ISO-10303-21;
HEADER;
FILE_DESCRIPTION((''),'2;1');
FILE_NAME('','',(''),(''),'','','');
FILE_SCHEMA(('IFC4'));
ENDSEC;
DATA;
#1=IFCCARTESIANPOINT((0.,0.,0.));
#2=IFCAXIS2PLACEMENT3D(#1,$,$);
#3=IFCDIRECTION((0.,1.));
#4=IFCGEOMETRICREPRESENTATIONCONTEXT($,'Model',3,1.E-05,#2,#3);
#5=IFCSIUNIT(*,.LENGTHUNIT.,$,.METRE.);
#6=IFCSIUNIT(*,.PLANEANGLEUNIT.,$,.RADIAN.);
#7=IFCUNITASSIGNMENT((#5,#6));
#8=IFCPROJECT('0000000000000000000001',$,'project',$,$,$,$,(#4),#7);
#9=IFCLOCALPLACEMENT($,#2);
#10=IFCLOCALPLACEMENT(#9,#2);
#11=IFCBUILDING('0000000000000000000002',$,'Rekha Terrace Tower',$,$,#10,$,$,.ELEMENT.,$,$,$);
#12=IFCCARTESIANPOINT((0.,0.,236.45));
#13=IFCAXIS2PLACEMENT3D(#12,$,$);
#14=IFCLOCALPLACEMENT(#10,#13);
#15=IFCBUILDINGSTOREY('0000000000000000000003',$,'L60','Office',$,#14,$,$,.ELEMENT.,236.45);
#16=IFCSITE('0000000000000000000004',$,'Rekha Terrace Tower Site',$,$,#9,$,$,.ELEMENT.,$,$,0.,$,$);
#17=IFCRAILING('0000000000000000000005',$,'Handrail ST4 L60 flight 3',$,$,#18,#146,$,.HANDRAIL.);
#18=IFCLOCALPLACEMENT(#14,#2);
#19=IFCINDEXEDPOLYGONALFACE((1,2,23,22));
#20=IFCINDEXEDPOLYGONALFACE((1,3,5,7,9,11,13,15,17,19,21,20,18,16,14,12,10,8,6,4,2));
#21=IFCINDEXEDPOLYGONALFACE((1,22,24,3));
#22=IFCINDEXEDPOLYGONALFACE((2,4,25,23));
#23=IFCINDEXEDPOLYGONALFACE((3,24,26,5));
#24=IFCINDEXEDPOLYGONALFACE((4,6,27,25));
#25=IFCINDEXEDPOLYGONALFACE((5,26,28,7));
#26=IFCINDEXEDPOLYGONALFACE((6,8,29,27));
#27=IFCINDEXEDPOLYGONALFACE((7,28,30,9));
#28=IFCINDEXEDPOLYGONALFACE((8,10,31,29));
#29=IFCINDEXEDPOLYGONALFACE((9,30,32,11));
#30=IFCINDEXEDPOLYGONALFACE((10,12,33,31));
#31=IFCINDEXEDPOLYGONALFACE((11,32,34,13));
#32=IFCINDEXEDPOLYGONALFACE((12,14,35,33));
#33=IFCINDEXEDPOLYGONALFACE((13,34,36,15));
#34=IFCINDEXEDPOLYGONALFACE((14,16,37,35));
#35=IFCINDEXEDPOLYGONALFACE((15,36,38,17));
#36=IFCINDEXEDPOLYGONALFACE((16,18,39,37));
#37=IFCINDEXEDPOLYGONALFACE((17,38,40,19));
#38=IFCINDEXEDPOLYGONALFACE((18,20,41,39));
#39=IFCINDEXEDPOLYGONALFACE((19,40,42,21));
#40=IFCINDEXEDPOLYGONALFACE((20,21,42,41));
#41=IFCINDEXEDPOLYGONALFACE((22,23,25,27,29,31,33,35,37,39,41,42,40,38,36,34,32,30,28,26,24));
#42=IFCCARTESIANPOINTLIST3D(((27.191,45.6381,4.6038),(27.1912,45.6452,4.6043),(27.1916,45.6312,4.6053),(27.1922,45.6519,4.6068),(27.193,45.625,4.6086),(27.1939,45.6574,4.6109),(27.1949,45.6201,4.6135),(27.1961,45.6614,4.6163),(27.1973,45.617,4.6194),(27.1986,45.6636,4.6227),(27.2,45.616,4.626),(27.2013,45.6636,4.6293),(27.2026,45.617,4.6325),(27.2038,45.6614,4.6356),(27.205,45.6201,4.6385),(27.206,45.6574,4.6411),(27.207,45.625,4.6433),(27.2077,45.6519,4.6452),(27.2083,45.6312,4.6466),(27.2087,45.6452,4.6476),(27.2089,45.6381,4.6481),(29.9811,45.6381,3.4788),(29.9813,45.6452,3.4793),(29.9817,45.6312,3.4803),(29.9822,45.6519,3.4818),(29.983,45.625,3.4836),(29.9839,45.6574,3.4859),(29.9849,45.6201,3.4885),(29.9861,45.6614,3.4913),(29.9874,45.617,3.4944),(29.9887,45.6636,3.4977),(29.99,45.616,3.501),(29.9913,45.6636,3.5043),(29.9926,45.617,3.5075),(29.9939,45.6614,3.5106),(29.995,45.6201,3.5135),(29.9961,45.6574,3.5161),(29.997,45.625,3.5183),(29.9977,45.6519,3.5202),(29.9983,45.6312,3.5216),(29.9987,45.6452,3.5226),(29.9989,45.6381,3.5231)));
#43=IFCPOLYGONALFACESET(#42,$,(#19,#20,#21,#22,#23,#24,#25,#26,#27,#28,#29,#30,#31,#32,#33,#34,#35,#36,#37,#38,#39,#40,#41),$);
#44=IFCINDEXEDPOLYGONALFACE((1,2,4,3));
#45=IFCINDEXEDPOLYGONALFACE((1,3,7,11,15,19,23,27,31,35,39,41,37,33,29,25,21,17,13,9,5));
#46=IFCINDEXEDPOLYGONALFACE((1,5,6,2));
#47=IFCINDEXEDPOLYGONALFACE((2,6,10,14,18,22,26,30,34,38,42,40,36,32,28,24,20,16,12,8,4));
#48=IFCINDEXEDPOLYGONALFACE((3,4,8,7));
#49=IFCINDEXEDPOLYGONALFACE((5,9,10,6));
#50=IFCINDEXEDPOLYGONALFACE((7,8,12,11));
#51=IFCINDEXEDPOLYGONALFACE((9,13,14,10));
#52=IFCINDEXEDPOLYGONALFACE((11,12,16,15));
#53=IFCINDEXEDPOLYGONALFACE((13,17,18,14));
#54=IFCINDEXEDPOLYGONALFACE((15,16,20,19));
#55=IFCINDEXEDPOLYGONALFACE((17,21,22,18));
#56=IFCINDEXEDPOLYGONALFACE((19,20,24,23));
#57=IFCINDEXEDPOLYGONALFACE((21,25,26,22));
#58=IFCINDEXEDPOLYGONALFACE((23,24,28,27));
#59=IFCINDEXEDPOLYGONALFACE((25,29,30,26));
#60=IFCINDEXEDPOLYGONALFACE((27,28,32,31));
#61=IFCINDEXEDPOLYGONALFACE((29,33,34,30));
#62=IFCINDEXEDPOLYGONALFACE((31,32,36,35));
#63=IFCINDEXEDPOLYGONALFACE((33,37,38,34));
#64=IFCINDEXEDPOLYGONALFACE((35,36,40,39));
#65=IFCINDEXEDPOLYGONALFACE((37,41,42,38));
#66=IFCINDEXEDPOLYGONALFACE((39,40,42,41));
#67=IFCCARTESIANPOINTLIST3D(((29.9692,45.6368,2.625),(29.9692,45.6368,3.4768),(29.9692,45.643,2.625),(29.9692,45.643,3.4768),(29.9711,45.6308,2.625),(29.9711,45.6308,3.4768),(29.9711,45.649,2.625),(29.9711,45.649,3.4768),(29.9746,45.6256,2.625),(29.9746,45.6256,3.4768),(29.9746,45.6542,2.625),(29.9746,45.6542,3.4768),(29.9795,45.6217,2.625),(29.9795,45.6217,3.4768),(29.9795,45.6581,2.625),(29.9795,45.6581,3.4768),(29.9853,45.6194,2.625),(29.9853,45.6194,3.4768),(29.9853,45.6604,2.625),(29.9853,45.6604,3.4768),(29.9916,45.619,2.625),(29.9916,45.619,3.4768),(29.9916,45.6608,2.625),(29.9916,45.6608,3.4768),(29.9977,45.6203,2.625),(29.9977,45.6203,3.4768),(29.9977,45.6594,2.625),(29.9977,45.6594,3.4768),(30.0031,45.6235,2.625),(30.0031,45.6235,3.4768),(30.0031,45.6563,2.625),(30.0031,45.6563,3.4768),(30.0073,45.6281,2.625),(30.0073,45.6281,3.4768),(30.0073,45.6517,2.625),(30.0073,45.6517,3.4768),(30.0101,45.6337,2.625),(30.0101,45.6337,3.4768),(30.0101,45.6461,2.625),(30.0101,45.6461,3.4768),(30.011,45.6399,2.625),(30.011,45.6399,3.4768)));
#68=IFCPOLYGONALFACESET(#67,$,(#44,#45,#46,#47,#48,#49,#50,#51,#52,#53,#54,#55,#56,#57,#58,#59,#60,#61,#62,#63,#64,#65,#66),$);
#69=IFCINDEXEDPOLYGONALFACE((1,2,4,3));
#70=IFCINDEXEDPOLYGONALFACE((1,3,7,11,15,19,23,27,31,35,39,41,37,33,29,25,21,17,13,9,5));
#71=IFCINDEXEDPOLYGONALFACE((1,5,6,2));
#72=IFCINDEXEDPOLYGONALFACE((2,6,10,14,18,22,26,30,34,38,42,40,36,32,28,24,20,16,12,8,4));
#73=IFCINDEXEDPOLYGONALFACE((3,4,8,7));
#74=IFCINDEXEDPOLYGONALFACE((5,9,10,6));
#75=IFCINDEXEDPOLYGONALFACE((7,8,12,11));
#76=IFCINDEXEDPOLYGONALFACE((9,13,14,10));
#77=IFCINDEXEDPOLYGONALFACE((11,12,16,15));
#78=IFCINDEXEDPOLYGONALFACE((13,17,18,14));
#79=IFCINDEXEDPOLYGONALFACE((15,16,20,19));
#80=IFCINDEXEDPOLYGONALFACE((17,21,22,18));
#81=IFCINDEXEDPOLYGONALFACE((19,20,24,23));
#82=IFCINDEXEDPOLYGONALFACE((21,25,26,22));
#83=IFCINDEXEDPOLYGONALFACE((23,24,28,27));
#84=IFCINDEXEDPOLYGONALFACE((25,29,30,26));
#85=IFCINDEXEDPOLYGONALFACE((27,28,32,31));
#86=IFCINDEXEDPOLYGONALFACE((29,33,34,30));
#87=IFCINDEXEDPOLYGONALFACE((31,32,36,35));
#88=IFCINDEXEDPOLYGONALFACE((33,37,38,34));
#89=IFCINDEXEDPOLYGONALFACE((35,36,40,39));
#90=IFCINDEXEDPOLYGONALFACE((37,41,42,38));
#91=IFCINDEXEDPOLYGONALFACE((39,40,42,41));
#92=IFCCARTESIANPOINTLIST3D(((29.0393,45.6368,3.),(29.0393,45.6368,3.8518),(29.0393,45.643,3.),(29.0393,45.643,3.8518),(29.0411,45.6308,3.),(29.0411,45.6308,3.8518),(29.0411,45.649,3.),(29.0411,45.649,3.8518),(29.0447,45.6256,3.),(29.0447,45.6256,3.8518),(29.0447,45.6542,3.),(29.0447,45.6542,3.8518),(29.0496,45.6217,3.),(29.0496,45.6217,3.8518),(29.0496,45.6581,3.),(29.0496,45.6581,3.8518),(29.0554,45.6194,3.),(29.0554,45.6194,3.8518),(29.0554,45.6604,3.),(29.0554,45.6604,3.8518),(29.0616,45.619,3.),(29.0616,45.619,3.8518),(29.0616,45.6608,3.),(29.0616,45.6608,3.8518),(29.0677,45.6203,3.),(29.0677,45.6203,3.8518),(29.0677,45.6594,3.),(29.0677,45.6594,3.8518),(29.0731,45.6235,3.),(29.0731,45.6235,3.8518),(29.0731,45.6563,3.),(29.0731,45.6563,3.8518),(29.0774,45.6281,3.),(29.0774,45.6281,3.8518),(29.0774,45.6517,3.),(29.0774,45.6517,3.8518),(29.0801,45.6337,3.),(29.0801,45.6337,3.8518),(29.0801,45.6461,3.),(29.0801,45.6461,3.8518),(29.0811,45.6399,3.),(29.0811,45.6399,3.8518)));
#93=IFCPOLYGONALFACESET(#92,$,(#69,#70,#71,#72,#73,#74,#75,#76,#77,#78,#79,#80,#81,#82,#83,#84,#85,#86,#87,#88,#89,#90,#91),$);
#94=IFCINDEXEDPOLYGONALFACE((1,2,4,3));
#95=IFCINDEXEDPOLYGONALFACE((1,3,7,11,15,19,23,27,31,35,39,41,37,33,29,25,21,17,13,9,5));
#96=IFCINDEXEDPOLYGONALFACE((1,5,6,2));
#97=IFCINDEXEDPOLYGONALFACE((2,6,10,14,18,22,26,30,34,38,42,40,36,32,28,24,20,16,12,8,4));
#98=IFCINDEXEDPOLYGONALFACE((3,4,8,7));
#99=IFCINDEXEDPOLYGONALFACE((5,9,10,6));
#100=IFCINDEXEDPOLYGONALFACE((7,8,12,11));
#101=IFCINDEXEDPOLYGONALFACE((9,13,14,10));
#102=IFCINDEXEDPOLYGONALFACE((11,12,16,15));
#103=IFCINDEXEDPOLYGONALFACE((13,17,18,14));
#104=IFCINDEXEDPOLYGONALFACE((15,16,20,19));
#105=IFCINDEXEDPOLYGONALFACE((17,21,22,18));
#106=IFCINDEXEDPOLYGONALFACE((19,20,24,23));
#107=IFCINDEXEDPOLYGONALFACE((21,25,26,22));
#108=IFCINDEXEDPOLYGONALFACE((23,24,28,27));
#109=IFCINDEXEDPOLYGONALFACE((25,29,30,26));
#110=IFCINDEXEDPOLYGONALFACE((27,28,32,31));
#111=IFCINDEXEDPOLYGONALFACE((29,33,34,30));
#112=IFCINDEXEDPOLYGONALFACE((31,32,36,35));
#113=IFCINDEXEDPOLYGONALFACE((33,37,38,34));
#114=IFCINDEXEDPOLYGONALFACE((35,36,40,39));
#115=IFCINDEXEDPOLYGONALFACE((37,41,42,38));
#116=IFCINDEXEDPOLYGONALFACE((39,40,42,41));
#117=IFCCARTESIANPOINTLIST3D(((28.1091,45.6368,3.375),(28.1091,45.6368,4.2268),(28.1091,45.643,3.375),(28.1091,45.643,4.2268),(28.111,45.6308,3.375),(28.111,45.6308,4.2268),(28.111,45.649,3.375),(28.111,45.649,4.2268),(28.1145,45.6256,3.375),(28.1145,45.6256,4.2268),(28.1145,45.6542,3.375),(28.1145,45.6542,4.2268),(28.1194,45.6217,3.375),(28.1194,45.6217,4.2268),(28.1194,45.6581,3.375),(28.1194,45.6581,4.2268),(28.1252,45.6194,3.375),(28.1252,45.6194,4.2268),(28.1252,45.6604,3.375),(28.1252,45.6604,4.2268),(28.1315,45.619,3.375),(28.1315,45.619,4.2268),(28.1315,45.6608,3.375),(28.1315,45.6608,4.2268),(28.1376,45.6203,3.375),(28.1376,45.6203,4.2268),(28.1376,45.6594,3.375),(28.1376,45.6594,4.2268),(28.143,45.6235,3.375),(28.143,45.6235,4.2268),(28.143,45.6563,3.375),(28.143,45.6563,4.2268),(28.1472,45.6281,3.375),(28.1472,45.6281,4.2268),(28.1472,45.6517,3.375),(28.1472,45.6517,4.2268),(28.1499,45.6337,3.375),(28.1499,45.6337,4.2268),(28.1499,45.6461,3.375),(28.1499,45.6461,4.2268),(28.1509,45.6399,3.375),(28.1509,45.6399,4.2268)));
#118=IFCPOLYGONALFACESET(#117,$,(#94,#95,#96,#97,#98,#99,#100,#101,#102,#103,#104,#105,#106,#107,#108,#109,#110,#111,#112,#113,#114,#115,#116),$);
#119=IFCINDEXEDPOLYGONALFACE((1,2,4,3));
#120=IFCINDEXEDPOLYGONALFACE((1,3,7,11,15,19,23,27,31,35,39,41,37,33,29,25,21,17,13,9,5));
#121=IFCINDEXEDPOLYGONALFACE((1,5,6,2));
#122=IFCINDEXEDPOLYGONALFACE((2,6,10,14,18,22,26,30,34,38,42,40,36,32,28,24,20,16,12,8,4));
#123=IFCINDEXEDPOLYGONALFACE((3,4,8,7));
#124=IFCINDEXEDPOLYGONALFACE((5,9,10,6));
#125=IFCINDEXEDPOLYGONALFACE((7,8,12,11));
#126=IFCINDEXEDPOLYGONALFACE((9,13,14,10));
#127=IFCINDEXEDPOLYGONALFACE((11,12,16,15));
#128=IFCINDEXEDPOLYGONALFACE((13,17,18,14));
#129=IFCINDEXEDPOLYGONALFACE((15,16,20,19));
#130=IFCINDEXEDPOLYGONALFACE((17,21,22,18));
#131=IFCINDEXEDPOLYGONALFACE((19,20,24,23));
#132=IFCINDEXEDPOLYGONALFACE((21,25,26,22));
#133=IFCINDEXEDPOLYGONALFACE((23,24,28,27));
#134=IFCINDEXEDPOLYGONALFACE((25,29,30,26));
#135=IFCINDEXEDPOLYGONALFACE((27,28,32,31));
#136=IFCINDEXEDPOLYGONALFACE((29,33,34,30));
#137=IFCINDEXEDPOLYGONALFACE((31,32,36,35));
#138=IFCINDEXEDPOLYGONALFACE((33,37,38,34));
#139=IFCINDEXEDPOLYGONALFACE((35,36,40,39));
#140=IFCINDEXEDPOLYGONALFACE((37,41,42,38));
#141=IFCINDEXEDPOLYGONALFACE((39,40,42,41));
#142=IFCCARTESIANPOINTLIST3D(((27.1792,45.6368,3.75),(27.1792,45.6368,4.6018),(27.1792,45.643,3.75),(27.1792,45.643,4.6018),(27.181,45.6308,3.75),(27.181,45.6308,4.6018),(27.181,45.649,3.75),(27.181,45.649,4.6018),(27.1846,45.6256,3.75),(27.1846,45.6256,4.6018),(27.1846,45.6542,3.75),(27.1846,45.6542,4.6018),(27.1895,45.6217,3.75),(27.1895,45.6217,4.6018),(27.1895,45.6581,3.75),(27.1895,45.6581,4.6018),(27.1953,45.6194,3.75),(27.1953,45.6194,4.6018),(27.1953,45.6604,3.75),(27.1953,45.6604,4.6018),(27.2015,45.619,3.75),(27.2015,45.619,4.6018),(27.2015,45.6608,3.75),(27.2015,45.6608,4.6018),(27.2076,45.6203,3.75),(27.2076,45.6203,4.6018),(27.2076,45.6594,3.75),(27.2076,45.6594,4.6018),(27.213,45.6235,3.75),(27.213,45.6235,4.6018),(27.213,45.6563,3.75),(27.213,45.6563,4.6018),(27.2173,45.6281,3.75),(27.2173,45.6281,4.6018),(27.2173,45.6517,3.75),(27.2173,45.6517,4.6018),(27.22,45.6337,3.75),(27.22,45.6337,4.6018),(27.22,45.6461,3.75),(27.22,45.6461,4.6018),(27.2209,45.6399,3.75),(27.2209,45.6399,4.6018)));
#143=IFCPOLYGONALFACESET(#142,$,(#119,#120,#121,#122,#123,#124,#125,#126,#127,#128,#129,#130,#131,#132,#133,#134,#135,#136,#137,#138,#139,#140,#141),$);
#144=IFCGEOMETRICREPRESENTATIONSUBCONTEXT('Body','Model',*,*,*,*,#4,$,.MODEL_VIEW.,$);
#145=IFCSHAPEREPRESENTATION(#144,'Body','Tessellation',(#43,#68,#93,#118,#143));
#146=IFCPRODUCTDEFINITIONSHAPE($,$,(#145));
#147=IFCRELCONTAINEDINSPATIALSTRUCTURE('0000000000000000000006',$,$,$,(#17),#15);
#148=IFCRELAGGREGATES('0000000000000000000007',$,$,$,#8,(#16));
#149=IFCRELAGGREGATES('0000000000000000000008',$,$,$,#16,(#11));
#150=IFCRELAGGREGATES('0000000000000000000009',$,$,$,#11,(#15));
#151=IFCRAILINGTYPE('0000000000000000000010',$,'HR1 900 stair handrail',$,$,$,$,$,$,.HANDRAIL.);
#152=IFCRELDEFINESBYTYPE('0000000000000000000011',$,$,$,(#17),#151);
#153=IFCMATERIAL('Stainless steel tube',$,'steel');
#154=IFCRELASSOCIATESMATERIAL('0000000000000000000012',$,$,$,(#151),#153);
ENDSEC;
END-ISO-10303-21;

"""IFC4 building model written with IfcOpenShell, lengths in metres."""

from ifc_helpers import new_model, si_unit, direction, frame, origin, origin_2d, place, context, subcontext, project, spatial, circle, extrude, material, type_object, element, save


model = new_model("IFC4")

# Units and contexts
model_context = context("Model", 3, precision=1e-05, world=origin(), true_north=direction((0.0, 1.0)))
body_context = subcontext(model_context, "Body", "Model", "MODEL_VIEW")
ifc_project = project(units=[si_unit("LENGTHUNIT", "METRE"), si_unit("PLANEANGLEUNIT", "RADIAN")], contexts=[model_context])

# Site, building, storey
site_placement = place(None, origin())
site = spatial("IfcSite", under=ifc_project, at=site_placement, Name="Rekha Terrace Tower Site", CompositionType="ELEMENT", RefElevation=0.0)
building_placement = place(site_placement, origin())
building = spatial("IfcBuilding", under=site, at=building_placement, Name="Rekha Terrace Tower", CompositionType="ELEMENT")
storey_placement = place(building_placement, frame((0.0, 0.0, 236.45)))
storey = spatial("IfcBuildingStorey", under=building, at=storey_placement, Name="L60", Description="Office", CompositionType="ELEMENT", Elevation=236.45)

# Railing
ifc_material_1 = material(Name="Stainless steel tube", Category="steel")
railing_type = type_object("IfcRailingType", Name="HR1 900 stair handrail", PredefinedType="HANDRAIL", material=ifc_material_1)
railing_placement = place(storey_placement, frame((29.99, 45.6399, 2.625)))
element("IfcRailing", 1, at=railing_placement, inside=storey, type_object=railing_type, Name="Handrail ST4 L60 flight 3", PredefinedType="HANDRAIL", context=body_context, shape_type="SweptSolid", body=[
    extrude(circle(Radius=0.0239, at=origin_2d()), frame((0.0, 0.0, 0.876), z_axis=(-0.927443, 0.0, 0.373964), x_axis=(0.0, -1.0, 0.0)), (0.0, 0.0, 1.0), 3.0083),
    extrude(circle(Radius=0.021, at=origin_2d()), origin(), (0.0, 0.0, 1.0), 0.8518),
    extrude(circle(Radius=0.021, at=origin_2d()), frame((-0.9299, 0.0, 0.375)), (0.0, 0.0, 1.0), 0.8518),
    extrude(circle(Radius=0.021, at=origin_2d()), frame((-1.8601, 0.0, 0.75)), (0.0, 0.0, 1.0), 0.8518),
    extrude(circle(Radius=0.021, at=origin_2d()), frame((-2.79, 0.0, 1.125)), (0.0, 0.0, 1.0), 0.8518),
])

save(model, "model.ifc")
